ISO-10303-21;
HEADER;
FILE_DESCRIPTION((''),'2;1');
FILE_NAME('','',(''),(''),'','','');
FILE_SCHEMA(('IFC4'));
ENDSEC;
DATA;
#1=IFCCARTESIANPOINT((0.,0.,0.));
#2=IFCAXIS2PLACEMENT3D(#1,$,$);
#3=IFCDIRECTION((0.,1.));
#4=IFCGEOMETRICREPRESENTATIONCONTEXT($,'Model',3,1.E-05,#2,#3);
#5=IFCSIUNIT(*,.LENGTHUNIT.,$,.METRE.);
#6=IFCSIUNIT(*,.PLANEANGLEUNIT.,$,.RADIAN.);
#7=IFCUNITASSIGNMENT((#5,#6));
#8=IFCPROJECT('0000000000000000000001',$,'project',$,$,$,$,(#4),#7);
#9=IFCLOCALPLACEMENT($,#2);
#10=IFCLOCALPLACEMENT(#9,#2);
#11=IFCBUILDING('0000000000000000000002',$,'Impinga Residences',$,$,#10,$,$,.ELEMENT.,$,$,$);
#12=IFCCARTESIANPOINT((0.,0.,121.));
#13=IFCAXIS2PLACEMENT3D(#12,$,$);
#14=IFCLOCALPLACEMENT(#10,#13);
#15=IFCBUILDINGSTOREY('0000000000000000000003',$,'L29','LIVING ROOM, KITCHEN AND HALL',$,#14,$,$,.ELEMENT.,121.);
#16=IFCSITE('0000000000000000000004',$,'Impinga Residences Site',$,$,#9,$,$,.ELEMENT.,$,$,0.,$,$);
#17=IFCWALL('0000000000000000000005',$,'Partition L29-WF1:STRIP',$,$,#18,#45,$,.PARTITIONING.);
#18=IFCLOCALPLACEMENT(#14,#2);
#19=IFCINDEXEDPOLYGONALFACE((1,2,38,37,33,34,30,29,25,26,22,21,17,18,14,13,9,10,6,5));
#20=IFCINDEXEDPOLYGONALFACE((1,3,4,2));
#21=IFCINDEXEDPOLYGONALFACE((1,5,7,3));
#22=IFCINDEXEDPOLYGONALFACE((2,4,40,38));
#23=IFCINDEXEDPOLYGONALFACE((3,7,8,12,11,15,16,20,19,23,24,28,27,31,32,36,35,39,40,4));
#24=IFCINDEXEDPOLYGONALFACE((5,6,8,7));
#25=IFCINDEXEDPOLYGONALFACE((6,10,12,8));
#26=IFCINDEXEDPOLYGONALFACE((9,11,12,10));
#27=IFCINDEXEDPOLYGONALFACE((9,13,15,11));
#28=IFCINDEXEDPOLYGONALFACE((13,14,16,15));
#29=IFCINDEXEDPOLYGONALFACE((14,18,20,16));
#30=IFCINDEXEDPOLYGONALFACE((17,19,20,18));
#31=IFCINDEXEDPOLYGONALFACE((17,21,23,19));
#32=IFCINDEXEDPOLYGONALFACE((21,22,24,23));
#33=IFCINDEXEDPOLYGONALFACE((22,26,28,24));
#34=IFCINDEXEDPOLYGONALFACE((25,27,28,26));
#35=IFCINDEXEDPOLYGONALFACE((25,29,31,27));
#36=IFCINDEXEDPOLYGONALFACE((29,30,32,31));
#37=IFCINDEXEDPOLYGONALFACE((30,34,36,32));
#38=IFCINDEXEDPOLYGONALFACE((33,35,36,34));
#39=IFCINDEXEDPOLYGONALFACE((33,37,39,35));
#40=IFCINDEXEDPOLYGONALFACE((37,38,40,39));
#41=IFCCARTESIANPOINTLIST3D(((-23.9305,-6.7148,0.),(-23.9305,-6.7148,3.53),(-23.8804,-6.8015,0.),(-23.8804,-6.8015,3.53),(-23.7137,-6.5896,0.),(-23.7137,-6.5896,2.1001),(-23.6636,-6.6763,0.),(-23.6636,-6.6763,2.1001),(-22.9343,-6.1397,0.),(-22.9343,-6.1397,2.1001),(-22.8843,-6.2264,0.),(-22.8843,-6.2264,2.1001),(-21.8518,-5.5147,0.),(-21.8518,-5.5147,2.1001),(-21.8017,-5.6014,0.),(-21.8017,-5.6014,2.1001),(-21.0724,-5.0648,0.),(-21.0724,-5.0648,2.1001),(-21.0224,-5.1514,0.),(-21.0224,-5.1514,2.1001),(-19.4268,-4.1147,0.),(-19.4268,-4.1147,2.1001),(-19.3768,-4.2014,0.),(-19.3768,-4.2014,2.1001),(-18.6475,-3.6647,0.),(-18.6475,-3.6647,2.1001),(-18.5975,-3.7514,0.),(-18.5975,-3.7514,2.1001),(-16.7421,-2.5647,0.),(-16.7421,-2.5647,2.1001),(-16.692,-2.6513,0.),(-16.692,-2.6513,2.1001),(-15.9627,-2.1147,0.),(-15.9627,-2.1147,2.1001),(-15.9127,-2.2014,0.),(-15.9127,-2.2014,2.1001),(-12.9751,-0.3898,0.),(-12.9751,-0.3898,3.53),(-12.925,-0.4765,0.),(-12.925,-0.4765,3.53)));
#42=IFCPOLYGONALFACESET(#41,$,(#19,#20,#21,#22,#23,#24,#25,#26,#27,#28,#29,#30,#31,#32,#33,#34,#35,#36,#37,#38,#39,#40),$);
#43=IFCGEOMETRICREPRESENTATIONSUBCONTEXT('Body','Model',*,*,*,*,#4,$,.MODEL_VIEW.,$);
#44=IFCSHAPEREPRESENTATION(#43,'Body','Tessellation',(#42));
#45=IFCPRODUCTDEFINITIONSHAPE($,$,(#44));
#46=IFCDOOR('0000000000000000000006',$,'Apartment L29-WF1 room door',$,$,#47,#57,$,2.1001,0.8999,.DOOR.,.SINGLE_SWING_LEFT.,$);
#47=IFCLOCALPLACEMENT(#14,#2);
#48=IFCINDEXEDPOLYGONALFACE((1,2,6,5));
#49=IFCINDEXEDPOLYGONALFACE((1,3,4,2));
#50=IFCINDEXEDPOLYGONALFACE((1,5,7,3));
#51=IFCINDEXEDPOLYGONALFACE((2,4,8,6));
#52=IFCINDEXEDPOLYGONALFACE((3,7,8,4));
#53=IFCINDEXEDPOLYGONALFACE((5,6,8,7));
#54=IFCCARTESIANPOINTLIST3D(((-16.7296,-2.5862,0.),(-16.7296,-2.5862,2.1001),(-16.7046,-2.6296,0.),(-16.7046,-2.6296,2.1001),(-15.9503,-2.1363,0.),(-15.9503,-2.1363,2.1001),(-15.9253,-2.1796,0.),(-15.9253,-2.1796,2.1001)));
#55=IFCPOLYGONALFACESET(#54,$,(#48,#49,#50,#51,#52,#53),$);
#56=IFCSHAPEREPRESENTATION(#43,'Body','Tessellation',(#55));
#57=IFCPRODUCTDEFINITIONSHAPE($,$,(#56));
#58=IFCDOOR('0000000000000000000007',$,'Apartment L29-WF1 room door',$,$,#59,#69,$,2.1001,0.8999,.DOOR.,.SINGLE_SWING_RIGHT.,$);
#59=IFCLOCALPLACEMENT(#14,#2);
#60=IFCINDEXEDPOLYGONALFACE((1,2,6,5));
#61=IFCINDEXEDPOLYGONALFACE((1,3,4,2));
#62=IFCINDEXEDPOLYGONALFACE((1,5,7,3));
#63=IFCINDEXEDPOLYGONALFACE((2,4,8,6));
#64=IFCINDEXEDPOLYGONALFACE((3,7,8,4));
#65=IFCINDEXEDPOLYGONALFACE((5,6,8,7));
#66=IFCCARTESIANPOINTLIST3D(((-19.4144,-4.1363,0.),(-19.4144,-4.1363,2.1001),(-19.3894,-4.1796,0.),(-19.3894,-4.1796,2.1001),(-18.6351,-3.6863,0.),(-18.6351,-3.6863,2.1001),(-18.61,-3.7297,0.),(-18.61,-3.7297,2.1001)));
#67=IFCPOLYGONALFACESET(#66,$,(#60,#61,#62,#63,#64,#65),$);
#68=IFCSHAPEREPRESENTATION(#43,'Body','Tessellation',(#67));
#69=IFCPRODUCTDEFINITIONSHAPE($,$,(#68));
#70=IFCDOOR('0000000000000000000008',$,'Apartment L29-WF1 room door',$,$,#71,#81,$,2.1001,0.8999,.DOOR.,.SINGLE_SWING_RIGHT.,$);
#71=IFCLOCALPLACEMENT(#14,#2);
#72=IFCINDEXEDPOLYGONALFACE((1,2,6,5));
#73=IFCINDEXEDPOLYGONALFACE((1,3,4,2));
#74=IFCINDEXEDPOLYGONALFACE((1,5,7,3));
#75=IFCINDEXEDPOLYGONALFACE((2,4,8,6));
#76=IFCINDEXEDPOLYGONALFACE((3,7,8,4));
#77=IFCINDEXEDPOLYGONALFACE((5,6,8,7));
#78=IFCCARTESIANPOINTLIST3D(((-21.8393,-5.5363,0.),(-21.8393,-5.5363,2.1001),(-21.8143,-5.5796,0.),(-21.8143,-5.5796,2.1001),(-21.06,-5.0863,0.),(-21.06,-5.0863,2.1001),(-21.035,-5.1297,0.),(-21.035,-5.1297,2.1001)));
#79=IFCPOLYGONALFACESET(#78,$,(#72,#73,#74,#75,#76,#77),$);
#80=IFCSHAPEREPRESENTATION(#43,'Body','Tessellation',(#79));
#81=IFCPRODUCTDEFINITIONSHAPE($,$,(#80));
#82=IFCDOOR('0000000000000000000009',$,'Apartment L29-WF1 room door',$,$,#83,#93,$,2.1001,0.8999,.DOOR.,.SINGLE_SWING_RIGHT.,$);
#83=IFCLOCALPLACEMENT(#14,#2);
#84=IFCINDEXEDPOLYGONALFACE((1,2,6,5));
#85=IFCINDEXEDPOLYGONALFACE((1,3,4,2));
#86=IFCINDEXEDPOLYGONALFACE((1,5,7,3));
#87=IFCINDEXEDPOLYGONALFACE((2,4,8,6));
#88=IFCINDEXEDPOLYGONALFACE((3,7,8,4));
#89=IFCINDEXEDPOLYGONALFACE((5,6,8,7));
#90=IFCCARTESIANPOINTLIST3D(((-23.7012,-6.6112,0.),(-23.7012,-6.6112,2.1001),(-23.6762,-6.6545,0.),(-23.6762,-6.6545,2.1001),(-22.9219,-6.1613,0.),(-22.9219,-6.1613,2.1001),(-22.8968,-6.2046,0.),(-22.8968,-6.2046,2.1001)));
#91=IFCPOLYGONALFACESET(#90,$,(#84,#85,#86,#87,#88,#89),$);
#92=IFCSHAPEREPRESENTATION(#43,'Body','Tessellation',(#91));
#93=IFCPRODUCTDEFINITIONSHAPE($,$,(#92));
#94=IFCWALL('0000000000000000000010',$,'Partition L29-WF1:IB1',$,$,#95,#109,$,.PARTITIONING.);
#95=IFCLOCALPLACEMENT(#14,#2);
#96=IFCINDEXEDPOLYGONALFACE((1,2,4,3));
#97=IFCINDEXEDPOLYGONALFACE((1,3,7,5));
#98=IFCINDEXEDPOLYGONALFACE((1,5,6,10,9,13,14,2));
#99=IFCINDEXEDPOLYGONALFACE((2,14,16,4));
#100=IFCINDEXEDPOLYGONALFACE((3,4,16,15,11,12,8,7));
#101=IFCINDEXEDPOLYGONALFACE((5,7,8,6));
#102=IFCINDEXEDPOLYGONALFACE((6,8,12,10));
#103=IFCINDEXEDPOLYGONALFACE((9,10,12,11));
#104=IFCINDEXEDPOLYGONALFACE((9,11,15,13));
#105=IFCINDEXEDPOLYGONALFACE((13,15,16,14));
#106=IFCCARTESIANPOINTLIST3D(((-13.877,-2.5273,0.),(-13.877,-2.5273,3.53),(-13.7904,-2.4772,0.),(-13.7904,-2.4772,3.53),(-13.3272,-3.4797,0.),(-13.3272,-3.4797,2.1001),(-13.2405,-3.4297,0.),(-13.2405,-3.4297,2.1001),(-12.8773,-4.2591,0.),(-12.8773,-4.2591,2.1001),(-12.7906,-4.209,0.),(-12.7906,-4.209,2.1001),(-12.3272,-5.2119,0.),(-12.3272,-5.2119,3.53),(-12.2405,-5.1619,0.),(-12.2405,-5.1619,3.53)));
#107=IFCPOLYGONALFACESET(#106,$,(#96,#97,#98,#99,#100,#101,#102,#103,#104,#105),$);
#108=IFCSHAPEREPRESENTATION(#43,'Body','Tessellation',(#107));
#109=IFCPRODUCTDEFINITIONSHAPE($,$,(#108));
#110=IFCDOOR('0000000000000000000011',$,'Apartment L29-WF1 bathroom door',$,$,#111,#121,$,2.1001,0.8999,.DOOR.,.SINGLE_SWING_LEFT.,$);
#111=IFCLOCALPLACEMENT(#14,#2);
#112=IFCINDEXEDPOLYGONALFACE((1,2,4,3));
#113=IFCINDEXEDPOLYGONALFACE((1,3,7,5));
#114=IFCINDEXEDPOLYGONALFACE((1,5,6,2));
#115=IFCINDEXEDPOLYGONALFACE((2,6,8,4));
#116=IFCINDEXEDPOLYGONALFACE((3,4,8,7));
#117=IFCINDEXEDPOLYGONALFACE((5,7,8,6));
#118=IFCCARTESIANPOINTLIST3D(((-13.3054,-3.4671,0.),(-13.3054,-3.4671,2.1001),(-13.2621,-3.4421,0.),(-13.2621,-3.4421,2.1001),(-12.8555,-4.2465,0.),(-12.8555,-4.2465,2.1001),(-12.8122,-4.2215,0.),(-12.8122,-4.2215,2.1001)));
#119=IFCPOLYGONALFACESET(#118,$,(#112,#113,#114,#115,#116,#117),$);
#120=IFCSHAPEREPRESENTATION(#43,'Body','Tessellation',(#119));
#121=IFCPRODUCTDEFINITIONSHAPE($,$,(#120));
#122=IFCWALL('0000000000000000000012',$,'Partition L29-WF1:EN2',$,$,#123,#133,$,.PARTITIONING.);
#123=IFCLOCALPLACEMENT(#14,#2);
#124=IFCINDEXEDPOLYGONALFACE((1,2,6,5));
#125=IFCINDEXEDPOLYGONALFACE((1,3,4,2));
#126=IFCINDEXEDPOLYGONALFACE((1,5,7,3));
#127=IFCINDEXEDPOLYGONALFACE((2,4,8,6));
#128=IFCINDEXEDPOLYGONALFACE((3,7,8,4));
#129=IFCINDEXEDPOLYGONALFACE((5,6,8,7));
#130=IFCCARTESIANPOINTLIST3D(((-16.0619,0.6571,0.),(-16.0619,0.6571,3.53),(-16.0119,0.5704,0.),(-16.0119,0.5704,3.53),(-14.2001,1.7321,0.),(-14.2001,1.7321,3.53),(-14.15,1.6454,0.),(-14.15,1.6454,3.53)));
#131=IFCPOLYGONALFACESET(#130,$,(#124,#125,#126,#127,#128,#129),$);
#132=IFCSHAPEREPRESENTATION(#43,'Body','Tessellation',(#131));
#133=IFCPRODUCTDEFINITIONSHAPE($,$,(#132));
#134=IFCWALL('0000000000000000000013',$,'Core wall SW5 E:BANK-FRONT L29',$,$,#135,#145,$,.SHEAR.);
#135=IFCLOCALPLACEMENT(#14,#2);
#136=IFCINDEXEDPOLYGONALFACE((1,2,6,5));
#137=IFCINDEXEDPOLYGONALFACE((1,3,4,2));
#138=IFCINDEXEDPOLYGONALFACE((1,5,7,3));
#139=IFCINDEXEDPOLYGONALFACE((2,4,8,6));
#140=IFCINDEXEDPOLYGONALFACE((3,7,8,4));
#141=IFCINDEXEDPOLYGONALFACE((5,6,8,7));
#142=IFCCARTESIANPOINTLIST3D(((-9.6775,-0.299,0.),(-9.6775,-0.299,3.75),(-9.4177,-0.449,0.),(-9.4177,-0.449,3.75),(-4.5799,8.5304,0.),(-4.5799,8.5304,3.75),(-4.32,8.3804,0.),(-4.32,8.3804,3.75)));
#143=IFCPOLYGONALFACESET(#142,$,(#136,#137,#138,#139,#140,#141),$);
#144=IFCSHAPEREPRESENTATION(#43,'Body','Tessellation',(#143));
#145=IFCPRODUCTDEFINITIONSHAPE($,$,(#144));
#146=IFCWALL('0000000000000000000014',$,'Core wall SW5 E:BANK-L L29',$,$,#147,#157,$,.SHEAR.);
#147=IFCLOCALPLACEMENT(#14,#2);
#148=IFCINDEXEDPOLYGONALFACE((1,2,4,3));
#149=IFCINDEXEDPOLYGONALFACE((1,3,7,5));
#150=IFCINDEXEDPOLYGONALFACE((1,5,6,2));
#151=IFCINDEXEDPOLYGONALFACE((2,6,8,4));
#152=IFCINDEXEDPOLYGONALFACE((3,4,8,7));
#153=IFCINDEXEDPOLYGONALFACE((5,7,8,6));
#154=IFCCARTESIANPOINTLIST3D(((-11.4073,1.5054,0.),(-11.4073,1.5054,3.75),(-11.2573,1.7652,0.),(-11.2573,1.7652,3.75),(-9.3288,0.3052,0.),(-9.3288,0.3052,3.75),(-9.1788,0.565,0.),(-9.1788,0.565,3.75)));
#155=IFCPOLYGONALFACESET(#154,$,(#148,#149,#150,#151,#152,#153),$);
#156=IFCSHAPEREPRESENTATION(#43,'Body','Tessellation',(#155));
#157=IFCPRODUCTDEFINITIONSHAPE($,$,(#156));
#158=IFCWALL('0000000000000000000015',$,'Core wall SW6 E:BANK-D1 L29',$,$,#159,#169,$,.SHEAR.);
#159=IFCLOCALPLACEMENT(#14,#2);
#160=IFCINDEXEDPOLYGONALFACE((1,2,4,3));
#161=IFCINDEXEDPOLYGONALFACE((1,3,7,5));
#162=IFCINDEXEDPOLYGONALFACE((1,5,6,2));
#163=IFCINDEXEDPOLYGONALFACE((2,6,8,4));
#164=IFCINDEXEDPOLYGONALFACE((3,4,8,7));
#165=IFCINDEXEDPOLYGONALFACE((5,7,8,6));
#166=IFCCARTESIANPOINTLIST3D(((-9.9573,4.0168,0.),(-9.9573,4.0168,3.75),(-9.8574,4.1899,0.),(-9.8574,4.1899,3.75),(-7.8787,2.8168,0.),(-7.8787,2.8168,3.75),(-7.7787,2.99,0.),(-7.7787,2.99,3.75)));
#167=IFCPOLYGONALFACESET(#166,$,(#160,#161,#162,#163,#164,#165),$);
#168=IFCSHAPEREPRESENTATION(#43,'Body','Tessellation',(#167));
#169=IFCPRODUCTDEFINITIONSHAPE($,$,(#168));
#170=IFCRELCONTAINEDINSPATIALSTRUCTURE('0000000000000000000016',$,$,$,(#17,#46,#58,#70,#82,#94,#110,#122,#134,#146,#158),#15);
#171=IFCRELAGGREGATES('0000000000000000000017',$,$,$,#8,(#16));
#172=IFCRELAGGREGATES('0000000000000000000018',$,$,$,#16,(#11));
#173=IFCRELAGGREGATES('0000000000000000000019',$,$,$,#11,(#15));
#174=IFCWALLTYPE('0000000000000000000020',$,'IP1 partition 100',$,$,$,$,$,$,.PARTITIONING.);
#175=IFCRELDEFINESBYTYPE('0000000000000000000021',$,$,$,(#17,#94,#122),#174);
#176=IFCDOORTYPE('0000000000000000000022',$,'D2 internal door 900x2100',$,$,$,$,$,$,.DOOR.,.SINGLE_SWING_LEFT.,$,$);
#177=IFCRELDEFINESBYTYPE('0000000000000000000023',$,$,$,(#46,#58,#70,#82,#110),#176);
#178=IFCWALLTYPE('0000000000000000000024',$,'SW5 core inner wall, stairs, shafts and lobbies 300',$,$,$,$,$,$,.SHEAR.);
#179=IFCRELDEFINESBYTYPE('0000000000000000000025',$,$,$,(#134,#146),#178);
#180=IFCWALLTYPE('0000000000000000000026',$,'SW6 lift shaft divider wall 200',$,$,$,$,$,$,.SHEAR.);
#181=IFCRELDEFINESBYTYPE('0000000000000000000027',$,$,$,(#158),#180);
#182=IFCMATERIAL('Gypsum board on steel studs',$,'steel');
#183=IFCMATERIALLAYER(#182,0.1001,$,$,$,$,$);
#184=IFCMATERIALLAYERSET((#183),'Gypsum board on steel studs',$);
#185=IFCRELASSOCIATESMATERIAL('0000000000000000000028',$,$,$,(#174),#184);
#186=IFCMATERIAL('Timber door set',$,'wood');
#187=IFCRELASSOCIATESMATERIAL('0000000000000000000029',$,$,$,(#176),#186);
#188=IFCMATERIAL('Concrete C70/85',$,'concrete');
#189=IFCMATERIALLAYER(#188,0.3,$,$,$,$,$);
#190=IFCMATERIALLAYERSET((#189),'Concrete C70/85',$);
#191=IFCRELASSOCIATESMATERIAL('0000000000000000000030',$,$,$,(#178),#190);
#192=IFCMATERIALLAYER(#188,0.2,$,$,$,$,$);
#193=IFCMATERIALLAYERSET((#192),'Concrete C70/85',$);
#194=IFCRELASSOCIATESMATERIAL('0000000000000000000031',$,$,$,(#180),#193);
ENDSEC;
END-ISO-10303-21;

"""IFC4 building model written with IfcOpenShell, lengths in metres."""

from ifc_helpers import new_model, si_unit, direction, frame, frame_2d, origin, place, context, subcontext, project, spatial, rectangle, extrude, material, layer, layer_set, type_object, element, fill, save


model = new_model("IFC4")

# Units and contexts
model_context = context("Model", 3, precision=1e-05, world=origin(), true_north=direction((0.0, 1.0)))
body_context = subcontext(model_context, "Body", "Model", "MODEL_VIEW")
ifc_project = project(units=[si_unit("LENGTHUNIT", "METRE"), si_unit("PLANEANGLEUNIT", "RADIAN")], contexts=[model_context])

# Site, building, storey
site_placement = place(None, origin())
site = spatial("IfcSite", under=ifc_project, at=site_placement, Name="Impinga Residences Site", CompositionType="ELEMENT", RefElevation=0.0)
building_placement = place(site_placement, origin())
building = spatial("IfcBuilding", under=site, at=building_placement, Name="Impinga Residences", CompositionType="ELEMENT")
storey_placement = place(building_placement, frame((0.0, 0.0, 121.0)))
storey = spatial("IfcBuildingStorey", under=building, at=storey_placement, Name="L29", Description="LIVING ROOM, KITCHEN AND HALL", CompositionType="ELEMENT", Elevation=121.0)

# Shared definitions
ifc_material_1 = material(Name="Timber door set", Category="wood")

# Shared definitions
ifc_material_2 = material(Name="Gypsum board on steel studs", Category="steel")
ifc_layer_1 = layer(ifc_material_2, 0.1001)
ifc_layer_set_1 = layer_set([ifc_layer_1], Name="Gypsum board on steel studs")
wall_type_1 = type_object("IfcWallType", Name="IP1 partition 100", PredefinedType="PARTITIONING", material=ifc_layer_set_1)

# Wall, openings, doors
wall_1_placement = place(storey_placement, frame((-12.95, -0.4331, 0.0), z_axis=(0.0, 0.0, 1.0), x_axis=(-0.866029, -0.499994, 0.0)))
wall_1 = element("IfcWall", 1, at=wall_1_placement, inside=storey, type_object=wall_type_1, Name="Partition L29-WF1:STRIP", PredefinedType="PARTITIONING", context=body_context, shape_type="SweptSolid", body=[
    extrude(rectangle(XDim=12.6501, YDim=0.1001, at=frame_2d((6.3252, 0.0))), origin(), (0.0, 0.0, 1.0), 3.53),
])
opening_1_placement = place(wall_1_placement, frame((3.45, 0.0, 0.0)))
opening_1 = element("IfcOpeningElement", 2, at=opening_1_placement, cuts=wall_1, PredefinedType="OPENING", context=body_context, shape_type="SweptSolid", body=[
    extrude(rectangle(XDim=0.8999, YDim=2.1001, at=frame_2d((0.45, 1.05))), frame((0.0, 0.0601, 0.0), z_axis=(0.0, -1.0, 0.0), x_axis=(1.0, 0.0, 0.0)), (0.0, 0.0, 1.0), 0.1201),
])
opening_2_placement = place(wall_1_placement, frame((6.55, 0.0, 0.0)))
opening_2 = element("IfcOpeningElement", 3, at=opening_2_placement, cuts=wall_1, PredefinedType="OPENING", context=body_context, shape_type="SweptSolid", body=[
    extrude(rectangle(XDim=0.8999, YDim=2.1001, at=frame_2d((0.45, 1.05))), frame((0.0, 0.0601, 0.0), z_axis=(0.0, -1.0, 0.0), x_axis=(1.0, 0.0, 0.0)), (0.0, 0.0, 1.0), 0.1201),
])
opening_3_placement = place(wall_1_placement, frame((9.3501, 0.0, 0.0)))
opening_3 = element("IfcOpeningElement", 4, at=opening_3_placement, cuts=wall_1, PredefinedType="OPENING", context=body_context, shape_type="SweptSolid", body=[
    extrude(rectangle(XDim=0.8999, YDim=2.1001, at=frame_2d((0.45, 1.05))), frame((0.0, 0.0601, 0.0), z_axis=(0.0, -1.0, 0.0), x_axis=(1.0, 0.0, 0.0)), (0.0, 0.0, 1.0), 0.1201),
])
opening_4_placement = place(wall_1_placement, frame((11.5, 0.0, 0.0)))
opening_4 = element("IfcOpeningElement", 5, at=opening_4_placement, cuts=wall_1, PredefinedType="OPENING", context=body_context, shape_type="SweptSolid", body=[
    extrude(rectangle(XDim=0.8999, YDim=2.1001, at=frame_2d((0.45, 1.05))), frame((0.0, 0.0601, 0.0), z_axis=(0.0, -1.0, 0.0), x_axis=(1.0, 0.0, 0.0)), (0.0, 0.0, 1.0), 0.1201),
])
door_type_1 = type_object("IfcDoorType", Name="D2 internal door 900x2100", OperationType="SINGLE_SWING_LEFT", PredefinedType="DOOR", material=ifc_material_1)
door_1_placement = place(opening_1_placement, origin())
door_1 = element("IfcDoor", 6, at=door_1_placement, inside=storey, type_object=door_type_1, Name="Apartment L29-WF1 room door", OperationType="SINGLE_SWING_LEFT", OverallHeight=2.1001, OverallWidth=0.8999, PredefinedType="DOOR", context=body_context, shape_type="SweptSolid", body=[
    extrude(rectangle(XDim=0.8999, YDim=2.1001, at=frame_2d((0.45, 1.05))), frame((0.0, 0.0249, 0.0), z_axis=(0.0, -1.0, 0.0), x_axis=(1.0, 0.0, 0.0)), (0.0, 0.0, 1.0), 0.05),
])
fill(opening_1, door_1)
door_2_placement = place(opening_2_placement, origin())
door_2 = element("IfcDoor", 7, at=door_2_placement, inside=storey, type_object=door_type_1, Name="Apartment L29-WF1 room door", OperationType="SINGLE_SWING_RIGHT", OverallHeight=2.1001, OverallWidth=0.8999, PredefinedType="DOOR", context=body_context, shape_type="SweptSolid", body=[
    extrude(rectangle(XDim=0.8999, YDim=2.1001, at=frame_2d((0.45, 1.05))), frame((0.0, 0.0249, 0.0), z_axis=(0.0, -1.0, 0.0), x_axis=(1.0, 0.0, 0.0)), (0.0, 0.0, 1.0), 0.05),
])
fill(opening_2, door_2)
door_3_placement = place(opening_3_placement, origin())
door_3 = element("IfcDoor", 8, at=door_3_placement, inside=storey, type_object=door_type_1, Name="Apartment L29-WF1 room door", OperationType="SINGLE_SWING_RIGHT", OverallHeight=2.1001, OverallWidth=0.8999, PredefinedType="DOOR", context=body_context, shape_type="SweptSolid", body=[
    extrude(rectangle(XDim=0.8999, YDim=2.1001, at=frame_2d((0.45, 1.05))), frame((0.0, 0.0249, 0.0), z_axis=(0.0, -1.0, 0.0), x_axis=(1.0, 0.0, 0.0)), (0.0, 0.0, 1.0), 0.05),
])
fill(opening_3, door_3)
door_4_placement = place(opening_4_placement, origin())
door_4 = element("IfcDoor", 9, at=door_4_placement, inside=storey, type_object=door_type_1, Name="Apartment L29-WF1 room door", OperationType="SINGLE_SWING_RIGHT", OverallHeight=2.1001, OverallWidth=0.8999, PredefinedType="DOOR", context=body_context, shape_type="SweptSolid", body=[
    extrude(rectangle(XDim=0.8999, YDim=2.1001, at=frame_2d((0.45, 1.05))), frame((0.0, 0.0249, 0.0), z_axis=(0.0, -1.0, 0.0), x_axis=(1.0, 0.0, 0.0)), (0.0, 0.0, 1.0), 0.05),
])
fill(opening_4, door_4)

# Wall, opening, door
wall_2_placement = place(storey_placement, frame((-12.2839, -5.1868, 0.0), z_axis=(0.0, 0.0, 1.0), x_axis=(-0.499968, 0.866044, 0.0)))
wall_2 = element("IfcWall", 10, at=wall_2_placement, inside=storey, type_object=wall_type_1, Name="Partition L29-WF1:IB1", PredefinedType="PARTITIONING", context=body_context, shape_type="SweptSolid", body=[
    extrude(rectangle(XDim=3.0999, YDim=0.1001, at=frame_2d((1.5498, 0.0))), origin(), (0.0, 0.0, 1.0), 3.53),
])
opening_5_placement = place(wall_2_placement, frame((1.1001, 0.0, 0.0)))
opening_5 = element("IfcOpeningElement", 11, at=opening_5_placement, cuts=wall_2, PredefinedType="OPENING", context=body_context, shape_type="SweptSolid", body=[
    extrude(rectangle(XDim=0.8999, YDim=2.1001, at=frame_2d((0.45, 1.05))), frame((0.0, 0.0601, 0.0), z_axis=(0.0, -1.0, 0.0), x_axis=(1.0, 0.0, 0.0)), (0.0, 0.0, 1.0), 0.1201),
])
door_5_placement = place(opening_5_placement, origin())
door_5 = element("IfcDoor", 12, at=door_5_placement, inside=storey, type_object=door_type_1, Name="Apartment L29-WF1 bathroom door", OperationType="SINGLE_SWING_LEFT", OverallHeight=2.1001, OverallWidth=0.8999, PredefinedType="DOOR", context=body_context, shape_type="SweptSolid", body=[
    extrude(rectangle(XDim=0.8999, YDim=2.1001, at=frame_2d((0.45, 1.05))), frame((0.0, 0.0249, 0.0), z_axis=(0.0, -1.0, 0.0), x_axis=(1.0, 0.0, 0.0)), (0.0, 0.0, 1.0), 0.05),
])
fill(opening_5, door_5)

# Walls
wall_3_placement = place(storey_placement, frame((-14.175, 1.6887, 0.0), z_axis=(0.0, 0.0, 1.0), x_axis=(-0.866019, -0.500011, 0.0)))
element("IfcWall", 13, at=wall_3_placement, inside=storey, type_object=wall_type_1, Name="Partition L29-WF1:EN2", PredefinedType="PARTITIONING", context=body_context, shape_type="SweptSolid", body=[
    extrude(rectangle(XDim=2.1499, YDim=0.1001, at=frame_2d((1.075, 0.0))), origin(), (0.0, 0.0, 1.0), 3.53),
])
ifc_material_3 = material(Name="Concrete C70/85", Category="concrete")
ifc_layer_2 = layer(ifc_material_3, 0.3)
ifc_layer_set_2 = layer_set([ifc_layer_2], Name="Concrete C70/85")
wall_type_2 = type_object("IfcWallType", Name="SW5 core inner wall, stairs, shafts and lobbies 300", PredefinedType="SHEAR", material=ifc_layer_set_2)
wall_4_placement = place(storey_placement, frame((-9.5476, -0.374, 0.0), z_axis=(0.0, 0.0, 1.0), x_axis=(0.500002, 0.866024, 0.0)))
element("IfcWall", 14, at=wall_4_placement, inside=storey, type_object=wall_type_2, Name="Core wall SW5 E:BANK-FRONT L29", PredefinedType="SHEAR", context=body_context, shape_type="SweptSolid", body=[
    extrude(rectangle(XDim=10.1953, YDim=0.3, at=frame_2d((5.0977, 0.0))), origin(), (0.0, 0.0, 1.0), 3.75),
])
wall_5_placement = place(storey_placement, frame((-9.2537, 0.4351, 0.0), z_axis=(0.0, 0.0, 1.0), x_axis=(-0.866006, 0.500034, 0.0)))
element("IfcWall", 15, at=wall_5_placement, inside=storey, type_object=wall_type_2, Name="Core wall SW5 E:BANK-L L29", PredefinedType="SHEAR", context=body_context, shape_type="SweptSolid", body=[
    extrude(rectangle(XDim=2.4001, YDim=0.3, at=frame_2d((1.2002, 0.0))), origin(), (0.0, 0.0, 1.0), 3.75),
])
ifc_layer_3 = layer(ifc_material_3, 0.2)
ifc_layer_set_3 = layer_set([ifc_layer_3], Name="Concrete C70/85")
wall_type_3 = type_object("IfcWallType", Name="SW6 lift shaft divider wall 200", PredefinedType="SHEAR", material=ifc_layer_set_3)
wall_6_placement = place(storey_placement, frame((-7.8286, 2.9033, 0.0), z_axis=(0.0, 0.0, 1.0), x_axis=(-0.86605, 0.499957, 0.0)))
element("IfcWall", 16, at=wall_6_placement, inside=storey, type_object=wall_type_3, Name="Core wall SW6 E:BANK-D1 L29", PredefinedType="SHEAR", context=body_context, shape_type="SweptSolid", body=[
    extrude(rectangle(XDim=2.4001, YDim=0.2, at=frame_2d((1.2002, 0.0))), origin(), (0.0, 0.0, 1.0), 3.75),
])

save(model, "model.ifc")
